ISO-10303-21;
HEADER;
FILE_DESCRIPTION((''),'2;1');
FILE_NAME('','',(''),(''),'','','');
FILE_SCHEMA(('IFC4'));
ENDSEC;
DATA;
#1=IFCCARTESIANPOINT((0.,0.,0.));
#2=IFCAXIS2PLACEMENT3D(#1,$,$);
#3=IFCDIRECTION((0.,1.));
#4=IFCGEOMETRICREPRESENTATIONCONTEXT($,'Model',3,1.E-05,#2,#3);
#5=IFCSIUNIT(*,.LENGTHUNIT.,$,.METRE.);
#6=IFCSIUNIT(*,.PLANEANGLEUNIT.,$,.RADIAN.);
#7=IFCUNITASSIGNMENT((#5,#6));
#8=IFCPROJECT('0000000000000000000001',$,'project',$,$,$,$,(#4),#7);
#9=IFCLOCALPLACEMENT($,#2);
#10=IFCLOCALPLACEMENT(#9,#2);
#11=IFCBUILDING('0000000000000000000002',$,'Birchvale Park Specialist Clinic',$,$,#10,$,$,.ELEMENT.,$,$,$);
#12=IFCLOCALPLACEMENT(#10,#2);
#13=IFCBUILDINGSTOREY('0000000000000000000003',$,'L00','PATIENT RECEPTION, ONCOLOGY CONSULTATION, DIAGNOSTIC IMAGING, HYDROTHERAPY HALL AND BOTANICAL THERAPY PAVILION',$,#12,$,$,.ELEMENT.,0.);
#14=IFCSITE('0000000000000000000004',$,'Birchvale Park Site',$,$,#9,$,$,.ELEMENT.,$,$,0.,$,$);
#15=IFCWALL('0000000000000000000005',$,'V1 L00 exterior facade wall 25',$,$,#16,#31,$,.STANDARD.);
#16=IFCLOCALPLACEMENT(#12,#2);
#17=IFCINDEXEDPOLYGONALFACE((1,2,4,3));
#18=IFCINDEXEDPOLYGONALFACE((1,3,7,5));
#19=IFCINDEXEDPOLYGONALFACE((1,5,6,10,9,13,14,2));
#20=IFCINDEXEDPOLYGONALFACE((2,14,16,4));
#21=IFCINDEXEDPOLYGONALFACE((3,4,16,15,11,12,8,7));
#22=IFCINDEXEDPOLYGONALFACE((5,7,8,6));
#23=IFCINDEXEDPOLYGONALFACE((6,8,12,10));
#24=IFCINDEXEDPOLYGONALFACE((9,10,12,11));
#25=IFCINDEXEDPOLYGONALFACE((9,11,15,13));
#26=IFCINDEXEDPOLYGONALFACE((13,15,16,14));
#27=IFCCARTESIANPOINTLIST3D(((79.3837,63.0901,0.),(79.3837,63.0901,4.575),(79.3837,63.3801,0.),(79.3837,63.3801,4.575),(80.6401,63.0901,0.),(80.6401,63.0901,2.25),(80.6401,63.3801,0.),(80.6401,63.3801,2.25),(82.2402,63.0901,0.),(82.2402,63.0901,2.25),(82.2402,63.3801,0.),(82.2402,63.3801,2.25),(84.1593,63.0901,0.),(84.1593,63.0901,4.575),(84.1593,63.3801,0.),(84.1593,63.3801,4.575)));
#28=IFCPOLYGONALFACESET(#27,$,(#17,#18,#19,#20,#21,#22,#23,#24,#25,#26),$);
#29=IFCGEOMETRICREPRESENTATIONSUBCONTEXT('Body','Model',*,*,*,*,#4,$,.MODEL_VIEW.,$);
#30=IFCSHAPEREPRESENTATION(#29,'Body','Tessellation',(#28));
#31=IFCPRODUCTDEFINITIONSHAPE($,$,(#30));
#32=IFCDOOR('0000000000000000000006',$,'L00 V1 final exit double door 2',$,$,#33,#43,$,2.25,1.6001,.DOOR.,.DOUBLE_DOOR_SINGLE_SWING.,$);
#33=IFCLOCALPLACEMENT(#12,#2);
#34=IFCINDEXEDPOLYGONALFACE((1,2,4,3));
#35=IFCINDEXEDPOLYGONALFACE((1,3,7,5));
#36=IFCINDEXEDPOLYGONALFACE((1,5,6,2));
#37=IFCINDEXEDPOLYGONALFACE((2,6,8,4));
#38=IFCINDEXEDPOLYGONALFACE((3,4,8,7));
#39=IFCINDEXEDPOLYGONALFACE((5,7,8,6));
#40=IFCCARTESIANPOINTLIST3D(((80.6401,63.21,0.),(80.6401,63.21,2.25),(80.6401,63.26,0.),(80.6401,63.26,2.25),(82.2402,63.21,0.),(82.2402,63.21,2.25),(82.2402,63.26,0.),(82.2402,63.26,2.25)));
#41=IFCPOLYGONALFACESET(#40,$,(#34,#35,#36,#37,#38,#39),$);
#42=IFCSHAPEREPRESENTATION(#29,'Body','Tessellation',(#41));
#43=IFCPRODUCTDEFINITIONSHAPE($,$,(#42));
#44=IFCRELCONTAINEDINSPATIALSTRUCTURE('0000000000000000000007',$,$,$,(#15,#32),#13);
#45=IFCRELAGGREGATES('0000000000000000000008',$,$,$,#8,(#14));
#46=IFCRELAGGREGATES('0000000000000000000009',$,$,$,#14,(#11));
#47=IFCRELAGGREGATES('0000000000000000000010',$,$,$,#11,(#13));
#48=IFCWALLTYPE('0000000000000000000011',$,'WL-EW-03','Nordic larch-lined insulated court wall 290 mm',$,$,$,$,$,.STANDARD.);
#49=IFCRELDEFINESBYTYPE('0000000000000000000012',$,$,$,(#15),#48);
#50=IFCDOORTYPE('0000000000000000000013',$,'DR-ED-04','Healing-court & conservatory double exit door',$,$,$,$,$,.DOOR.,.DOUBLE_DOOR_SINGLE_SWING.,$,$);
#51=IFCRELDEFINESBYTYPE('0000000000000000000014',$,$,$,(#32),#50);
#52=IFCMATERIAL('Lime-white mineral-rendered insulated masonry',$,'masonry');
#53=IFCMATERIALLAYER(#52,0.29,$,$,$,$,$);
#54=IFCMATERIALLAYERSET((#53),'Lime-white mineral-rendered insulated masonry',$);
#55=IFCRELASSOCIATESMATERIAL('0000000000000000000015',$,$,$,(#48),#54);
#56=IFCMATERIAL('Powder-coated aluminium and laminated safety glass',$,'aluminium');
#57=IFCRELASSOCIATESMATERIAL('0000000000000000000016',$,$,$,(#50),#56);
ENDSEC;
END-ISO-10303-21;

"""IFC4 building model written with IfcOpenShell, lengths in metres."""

from ifc_helpers import new_model, si_unit, direction, frame, frame_2d, origin, place, context, subcontext, project, spatial, rectangle, extrude, material, layer, layer_set, type_object, element, fill, save


model = new_model("IFC4")

# Units and contexts
model_context = context("Model", 3, precision=1e-05, world=origin(), true_north=direction((0.0, 1.0)))
body_context = subcontext(model_context, "Body", "Model", "MODEL_VIEW")
ifc_project = project(units=[si_unit("LENGTHUNIT", "METRE"), si_unit("PLANEANGLEUNIT", "RADIAN")], contexts=[model_context])

# Site, building, storey
site_placement = place(None, origin())
site = spatial("IfcSite", under=ifc_project, at=site_placement, Name="Birchvale Park Site", CompositionType="ELEMENT", RefElevation=0.0)
building_placement = place(site_placement, origin())
building = spatial("IfcBuilding", under=site, at=building_placement, Name="Birchvale Park Specialist Clinic", CompositionType="ELEMENT")
storey_placement = place(building_placement, origin())
storey = spatial("IfcBuildingStorey", under=building, at=storey_placement, Name="L00", Description="PATIENT RECEPTION, ONCOLOGY CONSULTATION, DIAGNOSTIC IMAGING, HYDROTHERAPY HALL AND BOTANICAL THERAPY PAVILION", CompositionType="ELEMENT", Elevation=0.0)

# Wall, opening, door
ifc_material_1 = material(Name="Lime-white mineral-rendered insulated masonry", Category="masonry")
ifc_layer_1 = layer(ifc_material_1, 0.29)
ifc_layer_set_1 = layer_set([ifc_layer_1], Name="Lime-white mineral-rendered insulated masonry")
wall_type = type_object("IfcWallType", Name="WL-EW-03", Description="Nordic larch-lined insulated court wall 290 mm", PredefinedType="STANDARD", material=ifc_layer_set_1)
wall_placement = place(storey_placement, frame((84.1592, 63.2351, 0.0), z_axis=(0.0, 0.0, 1.0), x_axis=(-1.0, 0.0, 0.0)))
wall = element("IfcWall", 1, at=wall_placement, inside=storey, type_object=wall_type, Name="V1 L00 exterior facade wall 25", PredefinedType="STANDARD", context=body_context, shape_type="SweptSolid", body=[
    extrude(rectangle(XDim=4.7756, YDim=0.29, at=frame_2d((2.3877, 0.0))), origin(), (0.0, 0.0, 1.0), 4.575),
])
opening_placement = place(wall_placement, frame((1.9189, 0.0, 0.0)))
opening = element("IfcOpeningElement", 2, at=opening_placement, cuts=wall, PredefinedType="OPENING", context=body_context, shape_type="SweptSolid", body=[
    extrude(rectangle(XDim=1.6001, YDim=2.25, at=frame_2d((0.8, 1.125))), frame((0.0, 0.155, 0.0), z_axis=(0.0, -1.0, 0.0), x_axis=(1.0, 0.0, 0.0)), (0.0, 0.0, 1.0), 0.3101),
])
ifc_material_2 = material(Name="Powder-coated aluminium and laminated safety glass", Category="aluminium")
door_type = type_object("IfcDoorType", Name="DR-ED-04", Description="Healing-court & conservatory double exit door", OperationType="DOUBLE_DOOR_SINGLE_SWING", PredefinedType="DOOR", material=ifc_material_2)
door_placement = place(opening_placement, frame((1.6001, 0.0, 0.0), z_axis=(0.0, 0.0, 1.0), x_axis=(-1.0, 0.0, 0.0)))
door = element("IfcDoor", 3, at=door_placement, inside=storey, type_object=door_type, Name="L00 V1 final exit double door 2", OperationType="DOUBLE_DOOR_SINGLE_SWING", OverallHeight=2.25, OverallWidth=1.6001, PredefinedType="DOOR", context=body_context, shape_type="SweptSolid", body=[
    extrude(rectangle(XDim=1.6001, YDim=2.25, at=frame_2d((0.8, 1.125))), frame((0.0, 0.0249, 0.0), z_axis=(0.0, -1.0, 0.0), x_axis=(1.0, 0.0, 0.0)), (0.0, 0.0, 1.0), 0.05),
])
fill(opening, door)

save(model, "model.ifc")
